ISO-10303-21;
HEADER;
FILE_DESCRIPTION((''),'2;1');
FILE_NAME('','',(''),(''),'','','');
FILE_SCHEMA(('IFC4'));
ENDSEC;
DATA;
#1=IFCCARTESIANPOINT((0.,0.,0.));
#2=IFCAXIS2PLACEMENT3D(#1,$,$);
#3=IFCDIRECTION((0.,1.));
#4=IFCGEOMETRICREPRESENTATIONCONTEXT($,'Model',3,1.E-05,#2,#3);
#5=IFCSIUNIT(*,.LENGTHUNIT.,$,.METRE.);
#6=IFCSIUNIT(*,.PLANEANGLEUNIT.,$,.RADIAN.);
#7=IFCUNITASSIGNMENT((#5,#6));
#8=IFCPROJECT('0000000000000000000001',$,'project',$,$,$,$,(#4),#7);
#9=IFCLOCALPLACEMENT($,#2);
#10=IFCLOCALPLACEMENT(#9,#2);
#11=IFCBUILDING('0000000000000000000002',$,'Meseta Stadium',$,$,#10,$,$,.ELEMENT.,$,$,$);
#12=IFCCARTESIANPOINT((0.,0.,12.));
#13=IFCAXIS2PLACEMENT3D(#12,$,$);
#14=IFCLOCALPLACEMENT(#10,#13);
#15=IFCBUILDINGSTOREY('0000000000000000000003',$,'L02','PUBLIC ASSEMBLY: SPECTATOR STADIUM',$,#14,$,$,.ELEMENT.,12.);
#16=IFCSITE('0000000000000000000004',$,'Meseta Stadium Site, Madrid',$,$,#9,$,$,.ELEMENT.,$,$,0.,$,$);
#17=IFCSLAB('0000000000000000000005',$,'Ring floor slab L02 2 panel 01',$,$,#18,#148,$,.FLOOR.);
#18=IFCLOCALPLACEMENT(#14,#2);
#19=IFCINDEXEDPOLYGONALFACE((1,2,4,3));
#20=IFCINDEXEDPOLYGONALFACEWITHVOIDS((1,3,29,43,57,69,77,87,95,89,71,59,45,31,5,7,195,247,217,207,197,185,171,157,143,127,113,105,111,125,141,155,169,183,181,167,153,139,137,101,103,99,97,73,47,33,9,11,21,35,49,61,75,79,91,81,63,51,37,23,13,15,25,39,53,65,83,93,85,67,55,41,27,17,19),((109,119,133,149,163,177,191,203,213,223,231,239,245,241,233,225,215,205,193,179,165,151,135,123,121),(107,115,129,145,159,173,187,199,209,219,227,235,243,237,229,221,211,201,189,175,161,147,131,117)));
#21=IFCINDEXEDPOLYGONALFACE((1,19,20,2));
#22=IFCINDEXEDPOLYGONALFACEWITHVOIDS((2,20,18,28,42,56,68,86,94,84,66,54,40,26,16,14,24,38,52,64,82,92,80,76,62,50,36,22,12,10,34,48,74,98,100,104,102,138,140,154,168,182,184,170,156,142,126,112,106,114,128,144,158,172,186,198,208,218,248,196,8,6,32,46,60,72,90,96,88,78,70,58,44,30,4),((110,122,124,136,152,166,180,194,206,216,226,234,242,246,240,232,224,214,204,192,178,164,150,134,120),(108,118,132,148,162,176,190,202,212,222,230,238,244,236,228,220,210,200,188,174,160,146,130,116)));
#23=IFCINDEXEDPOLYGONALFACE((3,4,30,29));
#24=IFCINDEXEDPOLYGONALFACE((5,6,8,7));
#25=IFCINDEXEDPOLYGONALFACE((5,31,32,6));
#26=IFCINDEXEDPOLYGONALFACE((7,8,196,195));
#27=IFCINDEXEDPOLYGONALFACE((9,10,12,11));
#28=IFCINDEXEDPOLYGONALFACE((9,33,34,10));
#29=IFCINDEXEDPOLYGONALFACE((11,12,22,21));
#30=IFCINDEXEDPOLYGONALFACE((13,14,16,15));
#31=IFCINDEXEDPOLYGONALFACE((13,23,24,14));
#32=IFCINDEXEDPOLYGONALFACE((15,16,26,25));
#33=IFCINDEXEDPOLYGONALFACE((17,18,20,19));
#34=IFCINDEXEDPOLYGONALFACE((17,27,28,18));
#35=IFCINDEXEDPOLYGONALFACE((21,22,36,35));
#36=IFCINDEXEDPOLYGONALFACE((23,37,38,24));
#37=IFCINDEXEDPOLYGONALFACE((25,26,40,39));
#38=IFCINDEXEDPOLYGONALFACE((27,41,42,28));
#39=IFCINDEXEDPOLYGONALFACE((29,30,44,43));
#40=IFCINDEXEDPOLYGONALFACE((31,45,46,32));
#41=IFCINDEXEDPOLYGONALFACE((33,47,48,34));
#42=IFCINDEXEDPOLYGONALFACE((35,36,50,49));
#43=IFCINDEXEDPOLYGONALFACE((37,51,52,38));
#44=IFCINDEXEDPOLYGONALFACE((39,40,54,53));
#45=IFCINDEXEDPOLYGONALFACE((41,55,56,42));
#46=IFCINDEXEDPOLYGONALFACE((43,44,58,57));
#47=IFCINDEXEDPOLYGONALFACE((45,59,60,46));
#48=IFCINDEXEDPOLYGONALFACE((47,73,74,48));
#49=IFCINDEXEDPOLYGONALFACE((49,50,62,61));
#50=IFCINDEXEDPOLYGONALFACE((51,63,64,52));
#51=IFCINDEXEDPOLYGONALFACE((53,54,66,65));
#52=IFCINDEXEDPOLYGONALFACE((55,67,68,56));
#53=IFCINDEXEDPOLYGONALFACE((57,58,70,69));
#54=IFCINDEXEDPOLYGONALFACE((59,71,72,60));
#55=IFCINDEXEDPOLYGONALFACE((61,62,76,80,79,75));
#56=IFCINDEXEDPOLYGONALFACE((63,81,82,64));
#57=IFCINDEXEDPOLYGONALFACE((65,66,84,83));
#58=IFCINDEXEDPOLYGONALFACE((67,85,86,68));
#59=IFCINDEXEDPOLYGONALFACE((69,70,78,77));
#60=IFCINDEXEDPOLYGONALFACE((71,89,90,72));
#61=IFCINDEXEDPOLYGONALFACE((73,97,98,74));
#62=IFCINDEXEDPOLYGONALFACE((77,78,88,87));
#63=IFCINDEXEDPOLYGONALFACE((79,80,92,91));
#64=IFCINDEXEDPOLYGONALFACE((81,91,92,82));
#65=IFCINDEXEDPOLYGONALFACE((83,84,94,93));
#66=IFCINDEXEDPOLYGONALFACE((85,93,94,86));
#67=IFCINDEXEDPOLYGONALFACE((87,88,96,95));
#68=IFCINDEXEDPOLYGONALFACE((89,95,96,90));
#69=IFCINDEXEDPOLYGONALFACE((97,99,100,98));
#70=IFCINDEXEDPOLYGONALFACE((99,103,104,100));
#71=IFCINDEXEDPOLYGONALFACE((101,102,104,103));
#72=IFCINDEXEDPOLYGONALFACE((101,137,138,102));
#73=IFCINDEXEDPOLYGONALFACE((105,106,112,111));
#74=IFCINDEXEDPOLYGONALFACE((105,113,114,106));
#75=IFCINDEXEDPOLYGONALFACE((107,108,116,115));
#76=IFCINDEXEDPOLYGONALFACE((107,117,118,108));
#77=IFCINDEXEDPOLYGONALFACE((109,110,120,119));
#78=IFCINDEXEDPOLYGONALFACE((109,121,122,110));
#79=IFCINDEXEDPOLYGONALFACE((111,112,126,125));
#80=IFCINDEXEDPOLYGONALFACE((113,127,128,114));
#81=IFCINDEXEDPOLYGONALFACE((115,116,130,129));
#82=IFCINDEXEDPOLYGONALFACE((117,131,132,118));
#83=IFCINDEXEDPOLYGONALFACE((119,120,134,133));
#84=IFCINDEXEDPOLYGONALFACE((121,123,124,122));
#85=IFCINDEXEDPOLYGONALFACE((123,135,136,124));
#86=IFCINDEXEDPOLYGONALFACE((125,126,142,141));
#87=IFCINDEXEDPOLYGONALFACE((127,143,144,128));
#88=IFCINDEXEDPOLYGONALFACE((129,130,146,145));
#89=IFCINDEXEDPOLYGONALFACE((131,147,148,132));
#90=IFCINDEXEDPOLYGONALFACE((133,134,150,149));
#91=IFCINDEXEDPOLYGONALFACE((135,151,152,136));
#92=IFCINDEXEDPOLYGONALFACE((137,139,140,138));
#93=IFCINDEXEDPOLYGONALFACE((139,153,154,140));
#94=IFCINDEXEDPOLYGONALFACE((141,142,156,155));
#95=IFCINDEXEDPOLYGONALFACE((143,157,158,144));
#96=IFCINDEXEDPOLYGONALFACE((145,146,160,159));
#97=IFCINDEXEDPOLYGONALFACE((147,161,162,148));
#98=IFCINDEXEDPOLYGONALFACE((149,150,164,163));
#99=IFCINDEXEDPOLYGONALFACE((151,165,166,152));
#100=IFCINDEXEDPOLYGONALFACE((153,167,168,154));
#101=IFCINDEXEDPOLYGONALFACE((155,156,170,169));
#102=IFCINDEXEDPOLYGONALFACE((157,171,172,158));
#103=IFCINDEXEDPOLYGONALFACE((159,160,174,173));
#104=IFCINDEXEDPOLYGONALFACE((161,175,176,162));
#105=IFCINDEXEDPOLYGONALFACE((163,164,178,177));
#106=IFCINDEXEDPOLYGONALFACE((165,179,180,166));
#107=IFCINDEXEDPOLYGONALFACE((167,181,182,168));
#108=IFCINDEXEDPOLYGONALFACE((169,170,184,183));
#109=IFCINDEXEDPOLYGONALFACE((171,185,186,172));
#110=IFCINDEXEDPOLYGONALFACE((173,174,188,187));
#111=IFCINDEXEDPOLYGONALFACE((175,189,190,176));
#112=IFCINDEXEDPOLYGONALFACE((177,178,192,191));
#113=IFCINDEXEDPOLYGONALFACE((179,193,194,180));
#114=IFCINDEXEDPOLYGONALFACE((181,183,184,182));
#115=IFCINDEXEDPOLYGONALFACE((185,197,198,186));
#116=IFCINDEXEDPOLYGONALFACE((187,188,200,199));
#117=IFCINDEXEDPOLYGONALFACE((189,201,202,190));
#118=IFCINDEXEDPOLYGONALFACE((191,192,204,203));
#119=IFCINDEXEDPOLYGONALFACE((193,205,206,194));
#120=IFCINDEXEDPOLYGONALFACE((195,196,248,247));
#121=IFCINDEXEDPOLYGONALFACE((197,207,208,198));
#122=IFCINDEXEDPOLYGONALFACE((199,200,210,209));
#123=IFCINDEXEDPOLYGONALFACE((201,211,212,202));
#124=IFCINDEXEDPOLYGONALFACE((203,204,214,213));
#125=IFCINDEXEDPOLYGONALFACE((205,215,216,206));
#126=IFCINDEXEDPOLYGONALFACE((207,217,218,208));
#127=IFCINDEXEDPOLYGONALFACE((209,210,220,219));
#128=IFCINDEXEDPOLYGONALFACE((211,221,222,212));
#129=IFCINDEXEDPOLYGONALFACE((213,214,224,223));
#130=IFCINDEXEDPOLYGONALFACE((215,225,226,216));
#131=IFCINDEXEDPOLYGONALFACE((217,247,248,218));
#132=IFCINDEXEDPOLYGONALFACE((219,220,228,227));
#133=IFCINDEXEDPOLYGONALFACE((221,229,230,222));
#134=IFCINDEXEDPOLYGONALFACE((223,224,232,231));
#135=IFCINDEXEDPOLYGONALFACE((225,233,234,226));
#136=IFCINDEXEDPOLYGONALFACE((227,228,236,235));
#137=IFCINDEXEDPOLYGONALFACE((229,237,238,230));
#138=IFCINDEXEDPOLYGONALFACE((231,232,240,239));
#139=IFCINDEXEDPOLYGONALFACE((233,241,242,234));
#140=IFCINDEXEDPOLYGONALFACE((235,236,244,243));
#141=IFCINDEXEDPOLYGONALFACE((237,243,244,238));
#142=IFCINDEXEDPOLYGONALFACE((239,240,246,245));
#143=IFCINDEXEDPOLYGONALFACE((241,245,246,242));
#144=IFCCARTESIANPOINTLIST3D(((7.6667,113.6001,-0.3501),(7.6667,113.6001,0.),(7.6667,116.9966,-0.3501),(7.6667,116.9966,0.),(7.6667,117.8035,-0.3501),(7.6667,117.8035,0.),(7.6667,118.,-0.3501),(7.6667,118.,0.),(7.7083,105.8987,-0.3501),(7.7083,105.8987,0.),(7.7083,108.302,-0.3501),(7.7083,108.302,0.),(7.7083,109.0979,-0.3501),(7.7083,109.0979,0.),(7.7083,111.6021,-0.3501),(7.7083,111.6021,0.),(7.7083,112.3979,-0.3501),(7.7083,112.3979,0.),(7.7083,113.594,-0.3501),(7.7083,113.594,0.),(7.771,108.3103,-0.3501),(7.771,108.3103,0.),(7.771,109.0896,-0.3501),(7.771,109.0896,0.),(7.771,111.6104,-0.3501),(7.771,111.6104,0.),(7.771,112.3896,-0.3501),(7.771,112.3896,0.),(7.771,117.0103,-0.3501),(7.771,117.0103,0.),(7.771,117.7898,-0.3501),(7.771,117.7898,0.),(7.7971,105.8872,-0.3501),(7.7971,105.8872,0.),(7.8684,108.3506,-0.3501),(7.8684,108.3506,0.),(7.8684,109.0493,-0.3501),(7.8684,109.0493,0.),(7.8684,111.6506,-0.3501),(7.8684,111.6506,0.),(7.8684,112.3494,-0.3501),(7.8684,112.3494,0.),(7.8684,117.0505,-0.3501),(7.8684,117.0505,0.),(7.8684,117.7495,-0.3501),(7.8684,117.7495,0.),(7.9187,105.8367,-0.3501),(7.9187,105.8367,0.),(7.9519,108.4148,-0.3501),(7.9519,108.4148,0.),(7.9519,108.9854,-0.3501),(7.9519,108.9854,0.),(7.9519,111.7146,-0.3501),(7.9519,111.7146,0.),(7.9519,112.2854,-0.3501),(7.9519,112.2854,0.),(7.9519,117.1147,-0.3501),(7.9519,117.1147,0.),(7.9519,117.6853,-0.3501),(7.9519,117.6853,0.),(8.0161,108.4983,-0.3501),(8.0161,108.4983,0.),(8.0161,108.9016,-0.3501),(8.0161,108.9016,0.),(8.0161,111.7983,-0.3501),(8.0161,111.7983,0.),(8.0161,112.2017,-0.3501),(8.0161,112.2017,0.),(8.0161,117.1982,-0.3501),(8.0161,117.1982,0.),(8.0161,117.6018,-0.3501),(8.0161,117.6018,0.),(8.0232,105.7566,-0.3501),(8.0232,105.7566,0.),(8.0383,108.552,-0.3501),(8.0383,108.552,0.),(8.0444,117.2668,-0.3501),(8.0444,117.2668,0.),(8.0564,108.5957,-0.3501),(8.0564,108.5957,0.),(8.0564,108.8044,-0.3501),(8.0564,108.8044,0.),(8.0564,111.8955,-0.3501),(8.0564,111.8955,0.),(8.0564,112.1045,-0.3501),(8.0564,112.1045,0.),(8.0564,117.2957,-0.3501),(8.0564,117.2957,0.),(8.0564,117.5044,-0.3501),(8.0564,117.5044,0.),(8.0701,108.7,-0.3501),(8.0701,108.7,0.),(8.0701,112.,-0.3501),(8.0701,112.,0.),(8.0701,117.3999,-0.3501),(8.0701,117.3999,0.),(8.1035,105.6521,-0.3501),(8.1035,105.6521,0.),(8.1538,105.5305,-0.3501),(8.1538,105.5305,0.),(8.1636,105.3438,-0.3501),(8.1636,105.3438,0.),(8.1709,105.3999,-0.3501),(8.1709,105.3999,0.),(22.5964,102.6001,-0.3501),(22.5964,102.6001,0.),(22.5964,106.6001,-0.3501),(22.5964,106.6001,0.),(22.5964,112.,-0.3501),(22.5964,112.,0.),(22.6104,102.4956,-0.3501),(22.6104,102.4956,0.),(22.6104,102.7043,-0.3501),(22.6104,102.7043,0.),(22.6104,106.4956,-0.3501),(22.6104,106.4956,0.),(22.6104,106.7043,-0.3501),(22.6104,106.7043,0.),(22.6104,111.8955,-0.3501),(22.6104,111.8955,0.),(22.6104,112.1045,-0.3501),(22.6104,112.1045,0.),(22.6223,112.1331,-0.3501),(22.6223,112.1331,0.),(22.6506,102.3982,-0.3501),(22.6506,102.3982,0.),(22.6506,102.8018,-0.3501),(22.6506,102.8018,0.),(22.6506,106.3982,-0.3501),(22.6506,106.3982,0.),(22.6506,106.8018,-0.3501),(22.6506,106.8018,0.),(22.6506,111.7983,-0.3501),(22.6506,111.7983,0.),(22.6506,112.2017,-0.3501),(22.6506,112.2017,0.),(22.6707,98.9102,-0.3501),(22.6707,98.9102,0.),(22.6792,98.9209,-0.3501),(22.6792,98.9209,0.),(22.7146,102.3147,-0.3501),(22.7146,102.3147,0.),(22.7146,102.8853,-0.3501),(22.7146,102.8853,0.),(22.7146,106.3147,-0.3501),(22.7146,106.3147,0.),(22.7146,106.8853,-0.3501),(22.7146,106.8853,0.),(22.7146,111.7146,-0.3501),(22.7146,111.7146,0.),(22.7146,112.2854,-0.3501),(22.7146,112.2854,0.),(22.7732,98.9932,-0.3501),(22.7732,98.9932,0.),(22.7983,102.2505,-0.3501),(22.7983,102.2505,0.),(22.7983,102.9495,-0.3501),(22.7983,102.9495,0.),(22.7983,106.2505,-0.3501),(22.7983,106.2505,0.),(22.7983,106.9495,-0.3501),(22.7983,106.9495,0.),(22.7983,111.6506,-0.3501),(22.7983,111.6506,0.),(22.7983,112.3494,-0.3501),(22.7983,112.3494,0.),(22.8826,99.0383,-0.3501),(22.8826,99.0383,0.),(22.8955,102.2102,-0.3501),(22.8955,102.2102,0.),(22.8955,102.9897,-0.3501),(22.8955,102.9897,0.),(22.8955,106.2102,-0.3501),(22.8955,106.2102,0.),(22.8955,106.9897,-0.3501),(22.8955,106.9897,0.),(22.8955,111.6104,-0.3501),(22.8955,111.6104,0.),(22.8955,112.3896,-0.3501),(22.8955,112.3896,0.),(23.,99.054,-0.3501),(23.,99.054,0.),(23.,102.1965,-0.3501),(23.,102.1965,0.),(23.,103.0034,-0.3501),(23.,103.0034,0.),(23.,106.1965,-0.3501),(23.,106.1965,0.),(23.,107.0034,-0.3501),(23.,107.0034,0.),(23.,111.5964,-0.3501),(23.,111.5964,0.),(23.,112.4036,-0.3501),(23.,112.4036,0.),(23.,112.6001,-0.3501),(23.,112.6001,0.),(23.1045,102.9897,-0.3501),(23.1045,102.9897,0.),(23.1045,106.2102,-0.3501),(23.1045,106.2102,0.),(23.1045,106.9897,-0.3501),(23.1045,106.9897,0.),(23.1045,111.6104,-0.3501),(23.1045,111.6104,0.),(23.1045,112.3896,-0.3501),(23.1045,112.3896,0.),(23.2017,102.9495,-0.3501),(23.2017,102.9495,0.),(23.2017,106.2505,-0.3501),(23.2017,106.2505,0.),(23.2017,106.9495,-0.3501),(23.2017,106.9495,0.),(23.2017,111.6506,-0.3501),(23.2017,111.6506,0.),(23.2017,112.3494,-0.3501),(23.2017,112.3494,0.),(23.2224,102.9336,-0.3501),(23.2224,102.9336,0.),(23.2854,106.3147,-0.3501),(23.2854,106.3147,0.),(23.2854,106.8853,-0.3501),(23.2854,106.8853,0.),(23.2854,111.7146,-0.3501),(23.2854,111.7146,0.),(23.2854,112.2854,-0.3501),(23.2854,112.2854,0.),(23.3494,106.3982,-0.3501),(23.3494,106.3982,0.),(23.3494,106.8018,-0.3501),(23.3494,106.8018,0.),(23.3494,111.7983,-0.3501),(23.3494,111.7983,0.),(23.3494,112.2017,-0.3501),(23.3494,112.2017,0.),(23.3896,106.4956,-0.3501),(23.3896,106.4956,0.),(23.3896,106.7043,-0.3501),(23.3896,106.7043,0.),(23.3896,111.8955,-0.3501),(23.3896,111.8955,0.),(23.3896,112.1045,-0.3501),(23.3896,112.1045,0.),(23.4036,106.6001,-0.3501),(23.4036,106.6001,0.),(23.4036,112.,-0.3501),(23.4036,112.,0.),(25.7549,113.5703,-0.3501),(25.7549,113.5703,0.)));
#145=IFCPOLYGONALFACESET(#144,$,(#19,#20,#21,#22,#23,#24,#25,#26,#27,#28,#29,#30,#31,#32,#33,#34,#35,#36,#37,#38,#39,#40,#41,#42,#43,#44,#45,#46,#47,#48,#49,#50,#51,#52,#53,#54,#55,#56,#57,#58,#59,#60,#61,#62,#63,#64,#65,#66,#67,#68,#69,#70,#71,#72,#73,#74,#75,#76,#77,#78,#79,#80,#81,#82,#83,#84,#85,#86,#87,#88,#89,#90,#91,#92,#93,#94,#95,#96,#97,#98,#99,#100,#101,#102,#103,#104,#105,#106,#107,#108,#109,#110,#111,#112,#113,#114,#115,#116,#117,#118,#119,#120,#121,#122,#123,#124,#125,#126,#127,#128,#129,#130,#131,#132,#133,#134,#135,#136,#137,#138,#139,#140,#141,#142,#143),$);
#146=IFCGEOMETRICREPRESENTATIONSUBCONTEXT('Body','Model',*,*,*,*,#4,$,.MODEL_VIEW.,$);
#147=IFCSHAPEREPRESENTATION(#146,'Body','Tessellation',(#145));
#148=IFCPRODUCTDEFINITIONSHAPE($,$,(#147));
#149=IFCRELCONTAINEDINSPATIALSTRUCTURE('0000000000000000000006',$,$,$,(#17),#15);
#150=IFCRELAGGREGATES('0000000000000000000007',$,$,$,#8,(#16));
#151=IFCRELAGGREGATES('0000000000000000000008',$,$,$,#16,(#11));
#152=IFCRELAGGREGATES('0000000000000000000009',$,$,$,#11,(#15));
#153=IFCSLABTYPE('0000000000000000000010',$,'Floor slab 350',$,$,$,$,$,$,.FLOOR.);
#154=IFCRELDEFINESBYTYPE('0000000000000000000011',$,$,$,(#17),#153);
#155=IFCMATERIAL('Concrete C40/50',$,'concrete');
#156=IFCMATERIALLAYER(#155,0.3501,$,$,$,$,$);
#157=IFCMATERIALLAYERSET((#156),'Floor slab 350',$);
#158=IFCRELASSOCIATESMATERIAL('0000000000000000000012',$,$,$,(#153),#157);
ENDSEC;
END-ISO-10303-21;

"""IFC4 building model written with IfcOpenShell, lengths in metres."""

from ifc_helpers import new_model, si_unit, direction, frame, origin, place, context, subcontext, project, spatial, polyline, outline, extrude, material, layer, layer_set, type_object, element, save


model = new_model("IFC4")

# Units and contexts
model_context = context("Model", 3, precision=1e-05, world=origin(), true_north=direction((0.0, 1.0)))
body_context = subcontext(model_context, "Body", "Model", "MODEL_VIEW")
ifc_project = project(units=[si_unit("LENGTHUNIT", "METRE"), si_unit("PLANEANGLEUNIT", "RADIAN")], contexts=[model_context])

# Site, building, storey
site_placement = place(None, origin())
site = spatial("IfcSite", under=ifc_project, at=site_placement, Name="Meseta Stadium Site, Madrid", CompositionType="ELEMENT", RefElevation=0.0)
building_placement = place(site_placement, origin())
building = spatial("IfcBuilding", under=site, at=building_placement, Name="Meseta Stadium", CompositionType="ELEMENT")
storey_placement = place(building_placement, frame((0.0, 0.0, 12.0)))
storey = spatial("IfcBuildingStorey", under=building, at=storey_placement, Name="L02", Description="PUBLIC ASSEMBLY: SPECTATOR STADIUM", CompositionType="ELEMENT", Elevation=12.0)

# Slab
ifc_material_1 = material(Name="Concrete C40/50", Category="concrete")
ifc_layer_1 = layer(ifc_material_1, 0.3501)
ifc_layer_set_1 = layer_set([ifc_layer_1], Name="Floor slab 350")
slab_type_1 = type_object("IfcSlabType", Name="Floor slab 350", PredefinedType="FLOOR", material=ifc_layer_set_1)
slab_1_placement = place(storey_placement, frame((0.0, 0.0, -0.3501)))
element("IfcSlab", 1, at=slab_1_placement, inside=storey, type_object=slab_type_1, Name="Ring floor slab L02 2 panel 01", PredefinedType="FLOOR", context=body_context, shape_type="SweptSolid", body=[
    extrude(outline(polyline([(7.6667, 116.9966), (7.6667, 113.6001), (7.7083, 113.594), (7.7083, 112.3979), (7.771, 112.3896), (7.8684, 112.3494), (7.9519, 112.2854), (8.0161, 112.2017), (8.0564, 112.1045), (8.0701, 112.0), (8.0564, 111.8955), (8.0161, 111.7983), (7.9519, 111.7146), (7.8684, 111.6506), (7.771, 111.6104), (7.7083, 111.6021), (7.7083, 109.0979), (7.771, 109.0896), (7.8684, 109.0493), (7.9519, 108.9854), (8.0161, 108.9016), (8.0564, 108.8044), (8.0701, 108.7), (8.0564, 108.5957), (8.0383, 108.552), (8.0161, 108.4983), (7.9519, 108.4148), (7.8684, 108.3506), (7.771, 108.3103), (7.7083, 108.302), (7.7083, 105.8987), (7.7971, 105.8872), (7.9187, 105.8367), (8.0232, 105.7566), (8.1035, 105.6521), (8.1538, 105.5305), (8.1709, 105.3999), (8.1636, 105.3438), (22.6707, 98.9102), (22.6792, 98.9209), (22.7732, 98.9932), (22.8826, 99.0383), (23.0, 99.054), (23.0, 102.1965), (22.8955, 102.2102), (22.7983, 102.2505), (22.7146, 102.3147), (22.6506, 102.3982), (22.6104, 102.4956), (22.5964, 102.6001), (22.6104, 102.7043), (22.6506, 102.8018), (22.7146, 102.8853), (22.7983, 102.9495), (22.8955, 102.9897), (23.0, 103.0034), (23.1045, 102.9897), (23.2017, 102.9495), (23.2224, 102.9336), (25.7549, 113.5703), (23.0, 112.6001), (7.6667, 118.0), (7.6667, 117.8035), (7.771, 117.7898), (7.8684, 117.7495), (7.9519, 117.6853), (8.0161, 117.6018), (8.0564, 117.5044), (8.0701, 117.3999), (8.0564, 117.2957), (8.0444, 117.2668), (8.0161, 117.1982), (7.9519, 117.1147), (7.8684, 117.0505), (7.771, 117.0103), (7.6667, 116.9966)]), holes=[polyline([(22.5964, 112.0), (22.6104, 112.1045), (22.6223, 112.1331), (22.6506, 112.2017), (22.7146, 112.2854), (22.7983, 112.3494), (22.8955, 112.3896), (23.0, 112.4036), (23.1045, 112.3896), (23.2017, 112.3494), (23.2854, 112.2854), (23.3494, 112.2017), (23.3896, 112.1045), (23.4036, 112.0), (23.3896, 111.8955), (23.3494, 111.7983), (23.2854, 111.7146), (23.2017, 111.6506), (23.1045, 111.6104), (23.0, 111.5964), (22.8955, 111.6104), (22.7983, 111.6506), (22.7146, 111.7146), (22.6506, 111.7983), (22.6104, 111.8955), (22.5964, 112.0)]), polyline([(23.3494, 106.8018), (23.3896, 106.7043), (23.4036, 106.6001), (23.3896, 106.4956), (23.3494, 106.3982), (23.2854, 106.3147), (23.2017, 106.2505), (23.1045, 106.2102), (23.0, 106.1965), (22.8955, 106.2102), (22.7983, 106.2505), (22.7146, 106.3147), (22.6506, 106.3982), (22.6104, 106.4956), (22.5964, 106.6001), (22.6104, 106.7043), (22.6506, 106.8018), (22.7146, 106.8853), (22.7983, 106.9495), (22.8955, 106.9897), (23.0, 107.0034), (23.1045, 106.9897), (23.2017, 106.9495), (23.2854, 106.8853), (23.3494, 106.8018)])]), origin(), (0.0, 0.0, 1.0), 0.3501),
])

save(model, "model.ifc")
